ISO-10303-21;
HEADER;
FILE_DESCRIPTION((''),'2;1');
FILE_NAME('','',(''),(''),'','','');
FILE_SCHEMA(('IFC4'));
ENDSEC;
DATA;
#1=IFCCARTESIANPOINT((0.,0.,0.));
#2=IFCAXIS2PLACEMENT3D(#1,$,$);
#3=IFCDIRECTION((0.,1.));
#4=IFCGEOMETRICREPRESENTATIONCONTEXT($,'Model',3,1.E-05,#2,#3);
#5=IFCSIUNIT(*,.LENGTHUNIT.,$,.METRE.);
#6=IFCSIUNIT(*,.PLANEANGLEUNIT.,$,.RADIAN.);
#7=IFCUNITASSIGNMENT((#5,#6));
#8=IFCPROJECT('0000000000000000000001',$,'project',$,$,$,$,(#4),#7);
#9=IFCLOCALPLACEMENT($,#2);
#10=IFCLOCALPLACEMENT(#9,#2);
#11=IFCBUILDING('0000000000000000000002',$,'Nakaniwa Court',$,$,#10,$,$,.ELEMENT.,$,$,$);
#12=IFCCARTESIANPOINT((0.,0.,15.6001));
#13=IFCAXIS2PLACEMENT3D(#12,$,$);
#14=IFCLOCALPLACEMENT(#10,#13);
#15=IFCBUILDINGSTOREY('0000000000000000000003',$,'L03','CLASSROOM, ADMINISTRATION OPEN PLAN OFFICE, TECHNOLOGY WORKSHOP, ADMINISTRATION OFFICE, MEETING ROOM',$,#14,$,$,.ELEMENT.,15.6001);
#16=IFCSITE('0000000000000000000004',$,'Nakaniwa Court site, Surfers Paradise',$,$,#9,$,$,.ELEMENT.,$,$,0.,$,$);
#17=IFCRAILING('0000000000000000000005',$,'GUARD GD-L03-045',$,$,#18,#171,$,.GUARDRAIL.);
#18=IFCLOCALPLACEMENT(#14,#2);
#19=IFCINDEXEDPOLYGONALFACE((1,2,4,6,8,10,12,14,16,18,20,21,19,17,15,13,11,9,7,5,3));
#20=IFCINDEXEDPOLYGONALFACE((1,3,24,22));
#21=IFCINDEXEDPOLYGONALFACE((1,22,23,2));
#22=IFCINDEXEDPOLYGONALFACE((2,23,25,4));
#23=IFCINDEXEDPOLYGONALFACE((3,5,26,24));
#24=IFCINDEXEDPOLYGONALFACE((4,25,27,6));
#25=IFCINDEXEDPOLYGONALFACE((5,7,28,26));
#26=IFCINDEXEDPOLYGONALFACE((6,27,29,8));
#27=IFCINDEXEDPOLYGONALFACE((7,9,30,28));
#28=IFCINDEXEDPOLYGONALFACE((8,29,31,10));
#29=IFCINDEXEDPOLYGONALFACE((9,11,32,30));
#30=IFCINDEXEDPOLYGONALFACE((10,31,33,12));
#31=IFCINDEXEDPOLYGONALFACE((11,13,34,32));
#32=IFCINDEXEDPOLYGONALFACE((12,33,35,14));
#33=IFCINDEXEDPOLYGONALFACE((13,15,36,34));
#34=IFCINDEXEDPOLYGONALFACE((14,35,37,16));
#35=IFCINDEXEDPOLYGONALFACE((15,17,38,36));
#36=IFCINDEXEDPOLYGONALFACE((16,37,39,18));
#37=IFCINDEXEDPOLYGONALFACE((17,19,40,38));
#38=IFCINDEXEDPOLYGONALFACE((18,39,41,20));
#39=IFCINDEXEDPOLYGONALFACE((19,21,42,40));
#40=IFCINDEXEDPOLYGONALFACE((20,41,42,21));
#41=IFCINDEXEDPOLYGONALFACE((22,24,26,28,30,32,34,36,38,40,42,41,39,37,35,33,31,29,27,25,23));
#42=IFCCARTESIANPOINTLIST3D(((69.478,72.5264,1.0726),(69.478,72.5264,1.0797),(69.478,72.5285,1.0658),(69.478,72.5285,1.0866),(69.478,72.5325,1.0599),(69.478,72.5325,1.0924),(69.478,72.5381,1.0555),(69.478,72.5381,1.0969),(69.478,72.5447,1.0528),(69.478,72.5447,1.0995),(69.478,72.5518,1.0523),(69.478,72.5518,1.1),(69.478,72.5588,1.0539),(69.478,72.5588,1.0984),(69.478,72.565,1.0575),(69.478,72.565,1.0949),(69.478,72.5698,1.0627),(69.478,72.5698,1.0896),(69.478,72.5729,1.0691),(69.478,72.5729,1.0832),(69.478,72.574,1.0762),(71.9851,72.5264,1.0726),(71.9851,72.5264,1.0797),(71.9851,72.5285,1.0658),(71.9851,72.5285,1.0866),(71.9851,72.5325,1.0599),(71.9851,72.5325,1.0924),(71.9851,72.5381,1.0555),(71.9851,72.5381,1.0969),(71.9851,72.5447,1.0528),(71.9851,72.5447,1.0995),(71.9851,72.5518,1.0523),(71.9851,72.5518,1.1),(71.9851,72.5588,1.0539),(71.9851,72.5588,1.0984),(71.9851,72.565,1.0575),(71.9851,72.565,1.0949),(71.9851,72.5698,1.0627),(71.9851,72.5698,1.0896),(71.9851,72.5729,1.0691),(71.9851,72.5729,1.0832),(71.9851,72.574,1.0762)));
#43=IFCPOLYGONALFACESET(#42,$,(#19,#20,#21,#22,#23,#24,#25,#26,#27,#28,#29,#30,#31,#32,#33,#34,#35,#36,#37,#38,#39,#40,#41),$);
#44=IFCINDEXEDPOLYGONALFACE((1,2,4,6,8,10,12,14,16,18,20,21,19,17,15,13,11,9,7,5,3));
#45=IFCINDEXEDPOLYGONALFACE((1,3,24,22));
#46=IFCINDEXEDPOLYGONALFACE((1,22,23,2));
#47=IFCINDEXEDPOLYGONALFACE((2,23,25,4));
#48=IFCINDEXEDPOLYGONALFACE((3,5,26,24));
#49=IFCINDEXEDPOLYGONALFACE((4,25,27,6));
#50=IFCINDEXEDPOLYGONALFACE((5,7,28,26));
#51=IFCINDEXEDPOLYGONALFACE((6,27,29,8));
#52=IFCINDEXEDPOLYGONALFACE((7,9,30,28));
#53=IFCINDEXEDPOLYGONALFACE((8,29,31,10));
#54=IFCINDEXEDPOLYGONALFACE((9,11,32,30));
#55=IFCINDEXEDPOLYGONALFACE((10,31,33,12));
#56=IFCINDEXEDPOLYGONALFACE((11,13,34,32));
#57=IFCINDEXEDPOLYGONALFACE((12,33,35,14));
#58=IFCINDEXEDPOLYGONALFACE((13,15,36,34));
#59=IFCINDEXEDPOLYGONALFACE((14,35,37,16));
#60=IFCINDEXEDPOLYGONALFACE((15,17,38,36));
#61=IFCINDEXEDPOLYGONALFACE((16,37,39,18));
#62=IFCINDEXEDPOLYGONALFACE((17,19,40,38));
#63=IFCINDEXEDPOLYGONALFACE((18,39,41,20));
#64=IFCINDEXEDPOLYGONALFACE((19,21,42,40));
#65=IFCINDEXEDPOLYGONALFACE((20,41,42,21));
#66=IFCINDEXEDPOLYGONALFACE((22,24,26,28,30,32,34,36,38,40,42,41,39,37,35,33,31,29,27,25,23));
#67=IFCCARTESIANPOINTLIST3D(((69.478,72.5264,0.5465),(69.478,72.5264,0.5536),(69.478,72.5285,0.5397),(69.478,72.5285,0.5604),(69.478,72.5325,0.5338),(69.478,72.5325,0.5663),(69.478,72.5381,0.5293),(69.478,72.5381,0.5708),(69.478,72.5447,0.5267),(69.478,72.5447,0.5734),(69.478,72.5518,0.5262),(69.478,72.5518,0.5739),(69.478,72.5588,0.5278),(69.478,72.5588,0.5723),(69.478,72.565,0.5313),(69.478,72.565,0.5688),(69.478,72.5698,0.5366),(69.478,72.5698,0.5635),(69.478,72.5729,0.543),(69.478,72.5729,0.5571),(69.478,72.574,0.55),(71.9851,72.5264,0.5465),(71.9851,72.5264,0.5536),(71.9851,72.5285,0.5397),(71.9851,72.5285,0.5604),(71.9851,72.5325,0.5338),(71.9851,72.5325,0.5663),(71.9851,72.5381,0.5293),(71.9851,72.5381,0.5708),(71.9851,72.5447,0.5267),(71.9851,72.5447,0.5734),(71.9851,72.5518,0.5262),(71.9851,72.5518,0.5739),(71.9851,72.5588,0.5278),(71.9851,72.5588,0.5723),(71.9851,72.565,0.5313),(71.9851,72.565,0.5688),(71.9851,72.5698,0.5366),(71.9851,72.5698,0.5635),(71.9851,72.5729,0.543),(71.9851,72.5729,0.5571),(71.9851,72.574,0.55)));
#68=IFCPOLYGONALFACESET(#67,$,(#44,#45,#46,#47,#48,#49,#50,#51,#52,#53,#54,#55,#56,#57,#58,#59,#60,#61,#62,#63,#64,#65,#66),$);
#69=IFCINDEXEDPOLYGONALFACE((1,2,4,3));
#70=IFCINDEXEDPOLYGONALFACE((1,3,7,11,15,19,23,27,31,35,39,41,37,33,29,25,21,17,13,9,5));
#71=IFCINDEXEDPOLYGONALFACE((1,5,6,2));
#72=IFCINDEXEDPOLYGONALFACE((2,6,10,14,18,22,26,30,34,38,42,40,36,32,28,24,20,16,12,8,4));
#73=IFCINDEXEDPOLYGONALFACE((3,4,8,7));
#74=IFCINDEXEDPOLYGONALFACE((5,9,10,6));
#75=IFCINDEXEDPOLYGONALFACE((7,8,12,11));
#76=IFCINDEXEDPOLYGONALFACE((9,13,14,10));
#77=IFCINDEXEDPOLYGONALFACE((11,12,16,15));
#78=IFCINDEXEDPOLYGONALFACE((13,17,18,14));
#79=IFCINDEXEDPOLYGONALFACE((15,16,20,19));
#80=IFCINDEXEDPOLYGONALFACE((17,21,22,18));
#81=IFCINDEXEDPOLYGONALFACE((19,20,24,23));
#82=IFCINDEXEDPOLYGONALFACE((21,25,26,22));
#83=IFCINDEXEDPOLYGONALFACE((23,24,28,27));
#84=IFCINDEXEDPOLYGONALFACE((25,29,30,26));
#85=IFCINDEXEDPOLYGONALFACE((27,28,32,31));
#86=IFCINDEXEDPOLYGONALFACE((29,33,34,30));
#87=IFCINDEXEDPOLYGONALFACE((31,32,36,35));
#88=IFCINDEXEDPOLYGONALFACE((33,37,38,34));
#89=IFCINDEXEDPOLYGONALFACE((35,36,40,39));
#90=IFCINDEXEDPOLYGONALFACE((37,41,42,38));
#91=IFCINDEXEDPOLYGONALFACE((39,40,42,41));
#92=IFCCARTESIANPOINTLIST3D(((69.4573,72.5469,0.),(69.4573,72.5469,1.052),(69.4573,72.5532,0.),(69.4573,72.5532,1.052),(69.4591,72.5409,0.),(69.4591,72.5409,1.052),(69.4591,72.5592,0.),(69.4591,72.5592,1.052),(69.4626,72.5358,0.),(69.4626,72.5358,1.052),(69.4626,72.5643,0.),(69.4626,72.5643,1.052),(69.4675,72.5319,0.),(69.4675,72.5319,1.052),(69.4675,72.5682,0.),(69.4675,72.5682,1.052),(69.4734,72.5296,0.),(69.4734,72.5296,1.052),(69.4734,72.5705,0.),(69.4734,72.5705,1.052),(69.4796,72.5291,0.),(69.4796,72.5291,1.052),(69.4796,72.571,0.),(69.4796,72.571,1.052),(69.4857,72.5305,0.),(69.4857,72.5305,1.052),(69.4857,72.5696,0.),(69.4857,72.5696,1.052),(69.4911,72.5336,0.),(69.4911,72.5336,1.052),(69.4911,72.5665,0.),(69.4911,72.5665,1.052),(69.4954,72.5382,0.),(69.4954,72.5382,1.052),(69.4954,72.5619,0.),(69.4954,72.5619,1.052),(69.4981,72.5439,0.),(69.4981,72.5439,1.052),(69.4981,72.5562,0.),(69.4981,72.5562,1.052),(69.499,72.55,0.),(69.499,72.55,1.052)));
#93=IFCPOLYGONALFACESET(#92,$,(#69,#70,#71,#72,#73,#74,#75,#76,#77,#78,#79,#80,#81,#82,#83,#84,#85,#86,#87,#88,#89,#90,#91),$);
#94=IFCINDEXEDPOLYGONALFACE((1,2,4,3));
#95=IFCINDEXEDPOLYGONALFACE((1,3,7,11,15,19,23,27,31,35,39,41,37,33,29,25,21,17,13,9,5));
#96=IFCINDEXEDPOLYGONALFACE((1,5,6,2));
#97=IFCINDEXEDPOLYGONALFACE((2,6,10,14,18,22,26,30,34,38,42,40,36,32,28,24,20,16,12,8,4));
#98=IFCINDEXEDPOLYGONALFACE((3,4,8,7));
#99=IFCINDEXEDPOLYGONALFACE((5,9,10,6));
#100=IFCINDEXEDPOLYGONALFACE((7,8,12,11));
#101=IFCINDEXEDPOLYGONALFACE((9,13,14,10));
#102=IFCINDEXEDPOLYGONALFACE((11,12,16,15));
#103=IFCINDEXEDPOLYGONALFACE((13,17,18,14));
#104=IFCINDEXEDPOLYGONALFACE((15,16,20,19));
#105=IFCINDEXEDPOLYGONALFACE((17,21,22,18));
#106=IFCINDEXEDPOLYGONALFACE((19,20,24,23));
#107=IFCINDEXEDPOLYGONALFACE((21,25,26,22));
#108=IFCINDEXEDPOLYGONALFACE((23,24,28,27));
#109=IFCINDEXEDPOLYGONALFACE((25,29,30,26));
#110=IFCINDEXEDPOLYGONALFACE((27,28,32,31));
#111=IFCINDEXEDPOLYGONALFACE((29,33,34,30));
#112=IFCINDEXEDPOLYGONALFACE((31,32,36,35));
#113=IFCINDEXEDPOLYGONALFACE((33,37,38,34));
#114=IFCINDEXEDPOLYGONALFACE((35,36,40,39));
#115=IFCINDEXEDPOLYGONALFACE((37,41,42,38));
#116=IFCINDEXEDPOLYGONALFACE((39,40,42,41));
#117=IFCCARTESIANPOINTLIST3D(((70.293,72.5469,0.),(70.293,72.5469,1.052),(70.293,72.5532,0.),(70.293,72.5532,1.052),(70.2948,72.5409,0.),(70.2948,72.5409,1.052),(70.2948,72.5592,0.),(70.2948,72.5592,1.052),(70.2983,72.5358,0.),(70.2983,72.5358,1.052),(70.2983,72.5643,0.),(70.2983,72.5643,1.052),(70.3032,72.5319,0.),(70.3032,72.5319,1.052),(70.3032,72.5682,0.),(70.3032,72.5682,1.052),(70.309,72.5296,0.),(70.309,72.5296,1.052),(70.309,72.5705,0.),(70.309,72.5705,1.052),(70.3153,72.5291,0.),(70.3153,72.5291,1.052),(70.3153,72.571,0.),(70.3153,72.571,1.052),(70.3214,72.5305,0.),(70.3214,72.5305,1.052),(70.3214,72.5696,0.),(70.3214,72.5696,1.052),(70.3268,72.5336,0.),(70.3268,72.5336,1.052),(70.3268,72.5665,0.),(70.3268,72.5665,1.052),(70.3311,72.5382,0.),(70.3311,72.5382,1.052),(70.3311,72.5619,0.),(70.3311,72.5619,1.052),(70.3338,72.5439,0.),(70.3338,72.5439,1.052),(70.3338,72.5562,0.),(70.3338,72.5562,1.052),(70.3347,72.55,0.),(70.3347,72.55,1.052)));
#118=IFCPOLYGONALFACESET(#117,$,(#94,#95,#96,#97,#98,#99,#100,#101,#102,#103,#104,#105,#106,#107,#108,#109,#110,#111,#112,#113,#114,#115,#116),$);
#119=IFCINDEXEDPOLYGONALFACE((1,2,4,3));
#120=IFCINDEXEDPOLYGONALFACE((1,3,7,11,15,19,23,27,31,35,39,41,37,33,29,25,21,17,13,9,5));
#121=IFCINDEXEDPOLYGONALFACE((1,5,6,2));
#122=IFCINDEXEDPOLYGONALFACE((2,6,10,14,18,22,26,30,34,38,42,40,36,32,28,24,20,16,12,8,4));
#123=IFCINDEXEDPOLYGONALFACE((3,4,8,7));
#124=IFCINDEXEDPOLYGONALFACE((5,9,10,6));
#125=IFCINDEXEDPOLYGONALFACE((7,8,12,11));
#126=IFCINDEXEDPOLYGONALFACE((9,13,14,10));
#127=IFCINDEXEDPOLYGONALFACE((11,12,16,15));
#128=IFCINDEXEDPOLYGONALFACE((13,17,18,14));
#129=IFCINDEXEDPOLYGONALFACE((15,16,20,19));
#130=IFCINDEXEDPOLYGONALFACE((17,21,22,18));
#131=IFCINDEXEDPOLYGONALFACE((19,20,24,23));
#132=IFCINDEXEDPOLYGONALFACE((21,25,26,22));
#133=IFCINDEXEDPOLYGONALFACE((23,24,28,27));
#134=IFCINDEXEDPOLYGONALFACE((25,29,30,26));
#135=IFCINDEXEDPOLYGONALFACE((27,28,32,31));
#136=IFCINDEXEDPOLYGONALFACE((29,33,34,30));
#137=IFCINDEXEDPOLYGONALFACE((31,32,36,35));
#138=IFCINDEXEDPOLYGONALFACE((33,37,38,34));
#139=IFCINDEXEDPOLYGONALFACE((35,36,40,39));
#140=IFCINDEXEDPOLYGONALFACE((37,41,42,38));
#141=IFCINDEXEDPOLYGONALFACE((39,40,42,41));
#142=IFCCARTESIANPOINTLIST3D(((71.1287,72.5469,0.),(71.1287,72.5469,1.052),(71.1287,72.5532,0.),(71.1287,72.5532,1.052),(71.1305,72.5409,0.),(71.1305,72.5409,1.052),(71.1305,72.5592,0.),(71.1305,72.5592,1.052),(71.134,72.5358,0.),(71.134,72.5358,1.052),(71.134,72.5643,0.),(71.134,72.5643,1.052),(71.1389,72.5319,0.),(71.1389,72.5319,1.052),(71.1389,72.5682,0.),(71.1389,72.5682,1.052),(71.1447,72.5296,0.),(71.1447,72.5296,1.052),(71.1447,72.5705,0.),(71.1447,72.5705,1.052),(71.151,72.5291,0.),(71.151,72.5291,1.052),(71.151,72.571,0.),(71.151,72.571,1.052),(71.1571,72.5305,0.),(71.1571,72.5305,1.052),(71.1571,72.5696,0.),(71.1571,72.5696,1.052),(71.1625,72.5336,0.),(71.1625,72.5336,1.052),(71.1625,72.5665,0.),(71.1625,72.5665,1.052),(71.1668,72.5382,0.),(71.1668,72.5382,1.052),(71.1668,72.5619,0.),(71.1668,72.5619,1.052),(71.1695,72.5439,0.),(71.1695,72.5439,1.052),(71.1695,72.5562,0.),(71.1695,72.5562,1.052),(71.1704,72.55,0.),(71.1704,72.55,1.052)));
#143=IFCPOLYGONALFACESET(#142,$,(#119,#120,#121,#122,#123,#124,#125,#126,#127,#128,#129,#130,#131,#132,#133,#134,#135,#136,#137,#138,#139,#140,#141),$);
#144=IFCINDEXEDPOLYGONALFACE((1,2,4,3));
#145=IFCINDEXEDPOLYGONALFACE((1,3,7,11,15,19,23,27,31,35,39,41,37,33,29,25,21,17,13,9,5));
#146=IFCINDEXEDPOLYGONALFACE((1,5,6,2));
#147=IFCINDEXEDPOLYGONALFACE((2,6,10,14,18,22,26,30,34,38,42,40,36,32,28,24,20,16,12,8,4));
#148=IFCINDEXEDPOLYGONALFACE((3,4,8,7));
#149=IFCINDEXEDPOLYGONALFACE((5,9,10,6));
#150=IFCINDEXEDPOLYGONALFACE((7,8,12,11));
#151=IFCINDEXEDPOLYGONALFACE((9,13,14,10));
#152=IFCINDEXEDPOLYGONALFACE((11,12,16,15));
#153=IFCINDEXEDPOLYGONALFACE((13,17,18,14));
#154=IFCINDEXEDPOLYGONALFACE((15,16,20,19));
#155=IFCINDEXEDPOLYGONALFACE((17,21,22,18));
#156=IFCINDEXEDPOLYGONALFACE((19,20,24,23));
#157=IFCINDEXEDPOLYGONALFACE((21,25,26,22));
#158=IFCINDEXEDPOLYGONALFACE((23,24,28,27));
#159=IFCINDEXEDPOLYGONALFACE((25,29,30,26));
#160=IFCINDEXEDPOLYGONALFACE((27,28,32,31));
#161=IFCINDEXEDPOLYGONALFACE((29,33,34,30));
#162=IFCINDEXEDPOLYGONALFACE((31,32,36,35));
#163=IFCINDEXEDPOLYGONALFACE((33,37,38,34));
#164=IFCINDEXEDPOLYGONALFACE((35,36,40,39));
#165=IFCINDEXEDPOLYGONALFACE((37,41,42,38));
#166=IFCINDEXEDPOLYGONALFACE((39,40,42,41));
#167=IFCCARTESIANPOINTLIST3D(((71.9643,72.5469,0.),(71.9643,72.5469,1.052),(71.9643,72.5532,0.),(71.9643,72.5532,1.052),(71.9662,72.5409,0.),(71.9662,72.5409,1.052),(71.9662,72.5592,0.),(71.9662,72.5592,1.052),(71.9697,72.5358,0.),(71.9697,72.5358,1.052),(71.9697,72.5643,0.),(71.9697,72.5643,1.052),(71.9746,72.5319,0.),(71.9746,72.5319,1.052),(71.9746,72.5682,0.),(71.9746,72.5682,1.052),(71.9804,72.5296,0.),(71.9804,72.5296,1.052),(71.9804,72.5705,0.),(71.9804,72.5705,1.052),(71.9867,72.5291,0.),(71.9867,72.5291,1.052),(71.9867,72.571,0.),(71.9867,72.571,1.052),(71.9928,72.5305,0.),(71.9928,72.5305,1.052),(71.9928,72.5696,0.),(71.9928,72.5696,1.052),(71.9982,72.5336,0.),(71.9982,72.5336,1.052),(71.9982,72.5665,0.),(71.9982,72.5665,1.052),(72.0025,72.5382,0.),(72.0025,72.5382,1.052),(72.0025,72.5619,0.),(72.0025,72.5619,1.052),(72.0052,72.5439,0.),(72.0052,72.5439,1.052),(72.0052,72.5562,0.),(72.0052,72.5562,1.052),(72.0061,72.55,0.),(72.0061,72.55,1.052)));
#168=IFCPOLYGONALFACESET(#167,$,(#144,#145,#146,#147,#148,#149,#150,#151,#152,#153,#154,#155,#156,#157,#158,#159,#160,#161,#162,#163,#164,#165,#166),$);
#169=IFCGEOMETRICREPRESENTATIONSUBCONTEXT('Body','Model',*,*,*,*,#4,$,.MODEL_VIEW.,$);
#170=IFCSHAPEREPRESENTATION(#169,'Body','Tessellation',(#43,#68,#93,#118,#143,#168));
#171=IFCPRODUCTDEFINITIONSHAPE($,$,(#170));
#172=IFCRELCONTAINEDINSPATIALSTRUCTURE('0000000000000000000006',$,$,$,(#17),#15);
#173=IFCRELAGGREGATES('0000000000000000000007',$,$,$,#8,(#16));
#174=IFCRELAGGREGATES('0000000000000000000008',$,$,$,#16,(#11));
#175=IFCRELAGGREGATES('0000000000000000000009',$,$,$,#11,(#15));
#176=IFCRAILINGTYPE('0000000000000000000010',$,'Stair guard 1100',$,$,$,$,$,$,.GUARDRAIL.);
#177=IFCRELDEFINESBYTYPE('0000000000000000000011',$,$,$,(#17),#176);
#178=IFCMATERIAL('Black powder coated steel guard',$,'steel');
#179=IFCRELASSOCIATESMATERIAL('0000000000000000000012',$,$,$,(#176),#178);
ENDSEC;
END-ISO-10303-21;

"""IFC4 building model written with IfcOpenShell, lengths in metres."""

from ifc_helpers import new_model, si_unit, direction, frame, origin, origin_2d, place, context, subcontext, project, spatial, circle, extrude, material, type_object, element, save


model = new_model("IFC4")

# Units and contexts
model_context = context("Model", 3, precision=1e-05, world=origin(), true_north=direction((0.0, 1.0)))
body_context = subcontext(model_context, "Body", "Model", "MODEL_VIEW")
ifc_project = project(units=[si_unit("LENGTHUNIT", "METRE"), si_unit("PLANEANGLEUNIT", "RADIAN")], contexts=[model_context])

# Site, building, storey
site_placement = place(None, origin())
site = spatial("IfcSite", under=ifc_project, at=site_placement, Name="Nakaniwa Court site, Surfers Paradise", CompositionType="ELEMENT", RefElevation=0.0)
building_placement = place(site_placement, origin())
building = spatial("IfcBuilding", under=site, at=building_placement, Name="Nakaniwa Court", CompositionType="ELEMENT")
storey_placement = place(building_placement, frame((0.0, 0.0, 15.6001)))
storey = spatial("IfcBuildingStorey", under=building, at=storey_placement, Name="L03", Description="CLASSROOM, ADMINISTRATION OPEN PLAN OFFICE, TECHNOLOGY WORKSHOP, ADMINISTRATION OFFICE, MEETING ROOM", CompositionType="ELEMENT", Elevation=15.6001)

# Railing
ifc_material_1 = material(Name="Black powder coated steel guard", Category="steel")
railing_type = type_object("IfcRailingType", Name="Stair guard 1100", PredefinedType="GUARDRAIL", material=ifc_material_1)
railing_1_placement = place(storey_placement, frame((69.478, 72.55, 0.0)))
element("IfcRailing", 1, at=railing_1_placement, inside=storey, type_object=railing_type, Name="GUARD GD-L03-045", PredefinedType="GUARDRAIL", context=body_context, shape_type="SweptSolid", body=[
    extrude(circle(Radius=0.0239, at=origin_2d()), frame((0.0, 0.0, 1.0762), z_axis=(1.0, 0.0, 0.0), x_axis=(0.0, 1.0, 0.0)), (0.0, 0.0, 1.0), 2.5071),
    extrude(circle(Radius=0.0239, at=origin_2d()), frame((0.0, 0.0, 0.55), z_axis=(1.0, 0.0, 0.0), x_axis=(0.0, 1.0, 0.0)), (0.0, 0.0, 1.0), 2.5071),
    extrude(circle(Radius=0.021, at=origin_2d()), origin(), (0.0, 0.0, 1.0), 1.052),
    extrude(circle(Radius=0.021, at=origin_2d()), frame((0.8357, 0.0, 0.0)), (0.0, 0.0, 1.0), 1.052),
    extrude(circle(Radius=0.021, at=origin_2d()), frame((1.6714, 0.0, 0.0)), (0.0, 0.0, 1.0), 1.052),
    extrude(circle(Radius=0.021, at=origin_2d()), frame((2.5071, 0.0, 0.0)), (0.0, 0.0, 1.0), 1.052),
])

save(model, "model.ifc")
